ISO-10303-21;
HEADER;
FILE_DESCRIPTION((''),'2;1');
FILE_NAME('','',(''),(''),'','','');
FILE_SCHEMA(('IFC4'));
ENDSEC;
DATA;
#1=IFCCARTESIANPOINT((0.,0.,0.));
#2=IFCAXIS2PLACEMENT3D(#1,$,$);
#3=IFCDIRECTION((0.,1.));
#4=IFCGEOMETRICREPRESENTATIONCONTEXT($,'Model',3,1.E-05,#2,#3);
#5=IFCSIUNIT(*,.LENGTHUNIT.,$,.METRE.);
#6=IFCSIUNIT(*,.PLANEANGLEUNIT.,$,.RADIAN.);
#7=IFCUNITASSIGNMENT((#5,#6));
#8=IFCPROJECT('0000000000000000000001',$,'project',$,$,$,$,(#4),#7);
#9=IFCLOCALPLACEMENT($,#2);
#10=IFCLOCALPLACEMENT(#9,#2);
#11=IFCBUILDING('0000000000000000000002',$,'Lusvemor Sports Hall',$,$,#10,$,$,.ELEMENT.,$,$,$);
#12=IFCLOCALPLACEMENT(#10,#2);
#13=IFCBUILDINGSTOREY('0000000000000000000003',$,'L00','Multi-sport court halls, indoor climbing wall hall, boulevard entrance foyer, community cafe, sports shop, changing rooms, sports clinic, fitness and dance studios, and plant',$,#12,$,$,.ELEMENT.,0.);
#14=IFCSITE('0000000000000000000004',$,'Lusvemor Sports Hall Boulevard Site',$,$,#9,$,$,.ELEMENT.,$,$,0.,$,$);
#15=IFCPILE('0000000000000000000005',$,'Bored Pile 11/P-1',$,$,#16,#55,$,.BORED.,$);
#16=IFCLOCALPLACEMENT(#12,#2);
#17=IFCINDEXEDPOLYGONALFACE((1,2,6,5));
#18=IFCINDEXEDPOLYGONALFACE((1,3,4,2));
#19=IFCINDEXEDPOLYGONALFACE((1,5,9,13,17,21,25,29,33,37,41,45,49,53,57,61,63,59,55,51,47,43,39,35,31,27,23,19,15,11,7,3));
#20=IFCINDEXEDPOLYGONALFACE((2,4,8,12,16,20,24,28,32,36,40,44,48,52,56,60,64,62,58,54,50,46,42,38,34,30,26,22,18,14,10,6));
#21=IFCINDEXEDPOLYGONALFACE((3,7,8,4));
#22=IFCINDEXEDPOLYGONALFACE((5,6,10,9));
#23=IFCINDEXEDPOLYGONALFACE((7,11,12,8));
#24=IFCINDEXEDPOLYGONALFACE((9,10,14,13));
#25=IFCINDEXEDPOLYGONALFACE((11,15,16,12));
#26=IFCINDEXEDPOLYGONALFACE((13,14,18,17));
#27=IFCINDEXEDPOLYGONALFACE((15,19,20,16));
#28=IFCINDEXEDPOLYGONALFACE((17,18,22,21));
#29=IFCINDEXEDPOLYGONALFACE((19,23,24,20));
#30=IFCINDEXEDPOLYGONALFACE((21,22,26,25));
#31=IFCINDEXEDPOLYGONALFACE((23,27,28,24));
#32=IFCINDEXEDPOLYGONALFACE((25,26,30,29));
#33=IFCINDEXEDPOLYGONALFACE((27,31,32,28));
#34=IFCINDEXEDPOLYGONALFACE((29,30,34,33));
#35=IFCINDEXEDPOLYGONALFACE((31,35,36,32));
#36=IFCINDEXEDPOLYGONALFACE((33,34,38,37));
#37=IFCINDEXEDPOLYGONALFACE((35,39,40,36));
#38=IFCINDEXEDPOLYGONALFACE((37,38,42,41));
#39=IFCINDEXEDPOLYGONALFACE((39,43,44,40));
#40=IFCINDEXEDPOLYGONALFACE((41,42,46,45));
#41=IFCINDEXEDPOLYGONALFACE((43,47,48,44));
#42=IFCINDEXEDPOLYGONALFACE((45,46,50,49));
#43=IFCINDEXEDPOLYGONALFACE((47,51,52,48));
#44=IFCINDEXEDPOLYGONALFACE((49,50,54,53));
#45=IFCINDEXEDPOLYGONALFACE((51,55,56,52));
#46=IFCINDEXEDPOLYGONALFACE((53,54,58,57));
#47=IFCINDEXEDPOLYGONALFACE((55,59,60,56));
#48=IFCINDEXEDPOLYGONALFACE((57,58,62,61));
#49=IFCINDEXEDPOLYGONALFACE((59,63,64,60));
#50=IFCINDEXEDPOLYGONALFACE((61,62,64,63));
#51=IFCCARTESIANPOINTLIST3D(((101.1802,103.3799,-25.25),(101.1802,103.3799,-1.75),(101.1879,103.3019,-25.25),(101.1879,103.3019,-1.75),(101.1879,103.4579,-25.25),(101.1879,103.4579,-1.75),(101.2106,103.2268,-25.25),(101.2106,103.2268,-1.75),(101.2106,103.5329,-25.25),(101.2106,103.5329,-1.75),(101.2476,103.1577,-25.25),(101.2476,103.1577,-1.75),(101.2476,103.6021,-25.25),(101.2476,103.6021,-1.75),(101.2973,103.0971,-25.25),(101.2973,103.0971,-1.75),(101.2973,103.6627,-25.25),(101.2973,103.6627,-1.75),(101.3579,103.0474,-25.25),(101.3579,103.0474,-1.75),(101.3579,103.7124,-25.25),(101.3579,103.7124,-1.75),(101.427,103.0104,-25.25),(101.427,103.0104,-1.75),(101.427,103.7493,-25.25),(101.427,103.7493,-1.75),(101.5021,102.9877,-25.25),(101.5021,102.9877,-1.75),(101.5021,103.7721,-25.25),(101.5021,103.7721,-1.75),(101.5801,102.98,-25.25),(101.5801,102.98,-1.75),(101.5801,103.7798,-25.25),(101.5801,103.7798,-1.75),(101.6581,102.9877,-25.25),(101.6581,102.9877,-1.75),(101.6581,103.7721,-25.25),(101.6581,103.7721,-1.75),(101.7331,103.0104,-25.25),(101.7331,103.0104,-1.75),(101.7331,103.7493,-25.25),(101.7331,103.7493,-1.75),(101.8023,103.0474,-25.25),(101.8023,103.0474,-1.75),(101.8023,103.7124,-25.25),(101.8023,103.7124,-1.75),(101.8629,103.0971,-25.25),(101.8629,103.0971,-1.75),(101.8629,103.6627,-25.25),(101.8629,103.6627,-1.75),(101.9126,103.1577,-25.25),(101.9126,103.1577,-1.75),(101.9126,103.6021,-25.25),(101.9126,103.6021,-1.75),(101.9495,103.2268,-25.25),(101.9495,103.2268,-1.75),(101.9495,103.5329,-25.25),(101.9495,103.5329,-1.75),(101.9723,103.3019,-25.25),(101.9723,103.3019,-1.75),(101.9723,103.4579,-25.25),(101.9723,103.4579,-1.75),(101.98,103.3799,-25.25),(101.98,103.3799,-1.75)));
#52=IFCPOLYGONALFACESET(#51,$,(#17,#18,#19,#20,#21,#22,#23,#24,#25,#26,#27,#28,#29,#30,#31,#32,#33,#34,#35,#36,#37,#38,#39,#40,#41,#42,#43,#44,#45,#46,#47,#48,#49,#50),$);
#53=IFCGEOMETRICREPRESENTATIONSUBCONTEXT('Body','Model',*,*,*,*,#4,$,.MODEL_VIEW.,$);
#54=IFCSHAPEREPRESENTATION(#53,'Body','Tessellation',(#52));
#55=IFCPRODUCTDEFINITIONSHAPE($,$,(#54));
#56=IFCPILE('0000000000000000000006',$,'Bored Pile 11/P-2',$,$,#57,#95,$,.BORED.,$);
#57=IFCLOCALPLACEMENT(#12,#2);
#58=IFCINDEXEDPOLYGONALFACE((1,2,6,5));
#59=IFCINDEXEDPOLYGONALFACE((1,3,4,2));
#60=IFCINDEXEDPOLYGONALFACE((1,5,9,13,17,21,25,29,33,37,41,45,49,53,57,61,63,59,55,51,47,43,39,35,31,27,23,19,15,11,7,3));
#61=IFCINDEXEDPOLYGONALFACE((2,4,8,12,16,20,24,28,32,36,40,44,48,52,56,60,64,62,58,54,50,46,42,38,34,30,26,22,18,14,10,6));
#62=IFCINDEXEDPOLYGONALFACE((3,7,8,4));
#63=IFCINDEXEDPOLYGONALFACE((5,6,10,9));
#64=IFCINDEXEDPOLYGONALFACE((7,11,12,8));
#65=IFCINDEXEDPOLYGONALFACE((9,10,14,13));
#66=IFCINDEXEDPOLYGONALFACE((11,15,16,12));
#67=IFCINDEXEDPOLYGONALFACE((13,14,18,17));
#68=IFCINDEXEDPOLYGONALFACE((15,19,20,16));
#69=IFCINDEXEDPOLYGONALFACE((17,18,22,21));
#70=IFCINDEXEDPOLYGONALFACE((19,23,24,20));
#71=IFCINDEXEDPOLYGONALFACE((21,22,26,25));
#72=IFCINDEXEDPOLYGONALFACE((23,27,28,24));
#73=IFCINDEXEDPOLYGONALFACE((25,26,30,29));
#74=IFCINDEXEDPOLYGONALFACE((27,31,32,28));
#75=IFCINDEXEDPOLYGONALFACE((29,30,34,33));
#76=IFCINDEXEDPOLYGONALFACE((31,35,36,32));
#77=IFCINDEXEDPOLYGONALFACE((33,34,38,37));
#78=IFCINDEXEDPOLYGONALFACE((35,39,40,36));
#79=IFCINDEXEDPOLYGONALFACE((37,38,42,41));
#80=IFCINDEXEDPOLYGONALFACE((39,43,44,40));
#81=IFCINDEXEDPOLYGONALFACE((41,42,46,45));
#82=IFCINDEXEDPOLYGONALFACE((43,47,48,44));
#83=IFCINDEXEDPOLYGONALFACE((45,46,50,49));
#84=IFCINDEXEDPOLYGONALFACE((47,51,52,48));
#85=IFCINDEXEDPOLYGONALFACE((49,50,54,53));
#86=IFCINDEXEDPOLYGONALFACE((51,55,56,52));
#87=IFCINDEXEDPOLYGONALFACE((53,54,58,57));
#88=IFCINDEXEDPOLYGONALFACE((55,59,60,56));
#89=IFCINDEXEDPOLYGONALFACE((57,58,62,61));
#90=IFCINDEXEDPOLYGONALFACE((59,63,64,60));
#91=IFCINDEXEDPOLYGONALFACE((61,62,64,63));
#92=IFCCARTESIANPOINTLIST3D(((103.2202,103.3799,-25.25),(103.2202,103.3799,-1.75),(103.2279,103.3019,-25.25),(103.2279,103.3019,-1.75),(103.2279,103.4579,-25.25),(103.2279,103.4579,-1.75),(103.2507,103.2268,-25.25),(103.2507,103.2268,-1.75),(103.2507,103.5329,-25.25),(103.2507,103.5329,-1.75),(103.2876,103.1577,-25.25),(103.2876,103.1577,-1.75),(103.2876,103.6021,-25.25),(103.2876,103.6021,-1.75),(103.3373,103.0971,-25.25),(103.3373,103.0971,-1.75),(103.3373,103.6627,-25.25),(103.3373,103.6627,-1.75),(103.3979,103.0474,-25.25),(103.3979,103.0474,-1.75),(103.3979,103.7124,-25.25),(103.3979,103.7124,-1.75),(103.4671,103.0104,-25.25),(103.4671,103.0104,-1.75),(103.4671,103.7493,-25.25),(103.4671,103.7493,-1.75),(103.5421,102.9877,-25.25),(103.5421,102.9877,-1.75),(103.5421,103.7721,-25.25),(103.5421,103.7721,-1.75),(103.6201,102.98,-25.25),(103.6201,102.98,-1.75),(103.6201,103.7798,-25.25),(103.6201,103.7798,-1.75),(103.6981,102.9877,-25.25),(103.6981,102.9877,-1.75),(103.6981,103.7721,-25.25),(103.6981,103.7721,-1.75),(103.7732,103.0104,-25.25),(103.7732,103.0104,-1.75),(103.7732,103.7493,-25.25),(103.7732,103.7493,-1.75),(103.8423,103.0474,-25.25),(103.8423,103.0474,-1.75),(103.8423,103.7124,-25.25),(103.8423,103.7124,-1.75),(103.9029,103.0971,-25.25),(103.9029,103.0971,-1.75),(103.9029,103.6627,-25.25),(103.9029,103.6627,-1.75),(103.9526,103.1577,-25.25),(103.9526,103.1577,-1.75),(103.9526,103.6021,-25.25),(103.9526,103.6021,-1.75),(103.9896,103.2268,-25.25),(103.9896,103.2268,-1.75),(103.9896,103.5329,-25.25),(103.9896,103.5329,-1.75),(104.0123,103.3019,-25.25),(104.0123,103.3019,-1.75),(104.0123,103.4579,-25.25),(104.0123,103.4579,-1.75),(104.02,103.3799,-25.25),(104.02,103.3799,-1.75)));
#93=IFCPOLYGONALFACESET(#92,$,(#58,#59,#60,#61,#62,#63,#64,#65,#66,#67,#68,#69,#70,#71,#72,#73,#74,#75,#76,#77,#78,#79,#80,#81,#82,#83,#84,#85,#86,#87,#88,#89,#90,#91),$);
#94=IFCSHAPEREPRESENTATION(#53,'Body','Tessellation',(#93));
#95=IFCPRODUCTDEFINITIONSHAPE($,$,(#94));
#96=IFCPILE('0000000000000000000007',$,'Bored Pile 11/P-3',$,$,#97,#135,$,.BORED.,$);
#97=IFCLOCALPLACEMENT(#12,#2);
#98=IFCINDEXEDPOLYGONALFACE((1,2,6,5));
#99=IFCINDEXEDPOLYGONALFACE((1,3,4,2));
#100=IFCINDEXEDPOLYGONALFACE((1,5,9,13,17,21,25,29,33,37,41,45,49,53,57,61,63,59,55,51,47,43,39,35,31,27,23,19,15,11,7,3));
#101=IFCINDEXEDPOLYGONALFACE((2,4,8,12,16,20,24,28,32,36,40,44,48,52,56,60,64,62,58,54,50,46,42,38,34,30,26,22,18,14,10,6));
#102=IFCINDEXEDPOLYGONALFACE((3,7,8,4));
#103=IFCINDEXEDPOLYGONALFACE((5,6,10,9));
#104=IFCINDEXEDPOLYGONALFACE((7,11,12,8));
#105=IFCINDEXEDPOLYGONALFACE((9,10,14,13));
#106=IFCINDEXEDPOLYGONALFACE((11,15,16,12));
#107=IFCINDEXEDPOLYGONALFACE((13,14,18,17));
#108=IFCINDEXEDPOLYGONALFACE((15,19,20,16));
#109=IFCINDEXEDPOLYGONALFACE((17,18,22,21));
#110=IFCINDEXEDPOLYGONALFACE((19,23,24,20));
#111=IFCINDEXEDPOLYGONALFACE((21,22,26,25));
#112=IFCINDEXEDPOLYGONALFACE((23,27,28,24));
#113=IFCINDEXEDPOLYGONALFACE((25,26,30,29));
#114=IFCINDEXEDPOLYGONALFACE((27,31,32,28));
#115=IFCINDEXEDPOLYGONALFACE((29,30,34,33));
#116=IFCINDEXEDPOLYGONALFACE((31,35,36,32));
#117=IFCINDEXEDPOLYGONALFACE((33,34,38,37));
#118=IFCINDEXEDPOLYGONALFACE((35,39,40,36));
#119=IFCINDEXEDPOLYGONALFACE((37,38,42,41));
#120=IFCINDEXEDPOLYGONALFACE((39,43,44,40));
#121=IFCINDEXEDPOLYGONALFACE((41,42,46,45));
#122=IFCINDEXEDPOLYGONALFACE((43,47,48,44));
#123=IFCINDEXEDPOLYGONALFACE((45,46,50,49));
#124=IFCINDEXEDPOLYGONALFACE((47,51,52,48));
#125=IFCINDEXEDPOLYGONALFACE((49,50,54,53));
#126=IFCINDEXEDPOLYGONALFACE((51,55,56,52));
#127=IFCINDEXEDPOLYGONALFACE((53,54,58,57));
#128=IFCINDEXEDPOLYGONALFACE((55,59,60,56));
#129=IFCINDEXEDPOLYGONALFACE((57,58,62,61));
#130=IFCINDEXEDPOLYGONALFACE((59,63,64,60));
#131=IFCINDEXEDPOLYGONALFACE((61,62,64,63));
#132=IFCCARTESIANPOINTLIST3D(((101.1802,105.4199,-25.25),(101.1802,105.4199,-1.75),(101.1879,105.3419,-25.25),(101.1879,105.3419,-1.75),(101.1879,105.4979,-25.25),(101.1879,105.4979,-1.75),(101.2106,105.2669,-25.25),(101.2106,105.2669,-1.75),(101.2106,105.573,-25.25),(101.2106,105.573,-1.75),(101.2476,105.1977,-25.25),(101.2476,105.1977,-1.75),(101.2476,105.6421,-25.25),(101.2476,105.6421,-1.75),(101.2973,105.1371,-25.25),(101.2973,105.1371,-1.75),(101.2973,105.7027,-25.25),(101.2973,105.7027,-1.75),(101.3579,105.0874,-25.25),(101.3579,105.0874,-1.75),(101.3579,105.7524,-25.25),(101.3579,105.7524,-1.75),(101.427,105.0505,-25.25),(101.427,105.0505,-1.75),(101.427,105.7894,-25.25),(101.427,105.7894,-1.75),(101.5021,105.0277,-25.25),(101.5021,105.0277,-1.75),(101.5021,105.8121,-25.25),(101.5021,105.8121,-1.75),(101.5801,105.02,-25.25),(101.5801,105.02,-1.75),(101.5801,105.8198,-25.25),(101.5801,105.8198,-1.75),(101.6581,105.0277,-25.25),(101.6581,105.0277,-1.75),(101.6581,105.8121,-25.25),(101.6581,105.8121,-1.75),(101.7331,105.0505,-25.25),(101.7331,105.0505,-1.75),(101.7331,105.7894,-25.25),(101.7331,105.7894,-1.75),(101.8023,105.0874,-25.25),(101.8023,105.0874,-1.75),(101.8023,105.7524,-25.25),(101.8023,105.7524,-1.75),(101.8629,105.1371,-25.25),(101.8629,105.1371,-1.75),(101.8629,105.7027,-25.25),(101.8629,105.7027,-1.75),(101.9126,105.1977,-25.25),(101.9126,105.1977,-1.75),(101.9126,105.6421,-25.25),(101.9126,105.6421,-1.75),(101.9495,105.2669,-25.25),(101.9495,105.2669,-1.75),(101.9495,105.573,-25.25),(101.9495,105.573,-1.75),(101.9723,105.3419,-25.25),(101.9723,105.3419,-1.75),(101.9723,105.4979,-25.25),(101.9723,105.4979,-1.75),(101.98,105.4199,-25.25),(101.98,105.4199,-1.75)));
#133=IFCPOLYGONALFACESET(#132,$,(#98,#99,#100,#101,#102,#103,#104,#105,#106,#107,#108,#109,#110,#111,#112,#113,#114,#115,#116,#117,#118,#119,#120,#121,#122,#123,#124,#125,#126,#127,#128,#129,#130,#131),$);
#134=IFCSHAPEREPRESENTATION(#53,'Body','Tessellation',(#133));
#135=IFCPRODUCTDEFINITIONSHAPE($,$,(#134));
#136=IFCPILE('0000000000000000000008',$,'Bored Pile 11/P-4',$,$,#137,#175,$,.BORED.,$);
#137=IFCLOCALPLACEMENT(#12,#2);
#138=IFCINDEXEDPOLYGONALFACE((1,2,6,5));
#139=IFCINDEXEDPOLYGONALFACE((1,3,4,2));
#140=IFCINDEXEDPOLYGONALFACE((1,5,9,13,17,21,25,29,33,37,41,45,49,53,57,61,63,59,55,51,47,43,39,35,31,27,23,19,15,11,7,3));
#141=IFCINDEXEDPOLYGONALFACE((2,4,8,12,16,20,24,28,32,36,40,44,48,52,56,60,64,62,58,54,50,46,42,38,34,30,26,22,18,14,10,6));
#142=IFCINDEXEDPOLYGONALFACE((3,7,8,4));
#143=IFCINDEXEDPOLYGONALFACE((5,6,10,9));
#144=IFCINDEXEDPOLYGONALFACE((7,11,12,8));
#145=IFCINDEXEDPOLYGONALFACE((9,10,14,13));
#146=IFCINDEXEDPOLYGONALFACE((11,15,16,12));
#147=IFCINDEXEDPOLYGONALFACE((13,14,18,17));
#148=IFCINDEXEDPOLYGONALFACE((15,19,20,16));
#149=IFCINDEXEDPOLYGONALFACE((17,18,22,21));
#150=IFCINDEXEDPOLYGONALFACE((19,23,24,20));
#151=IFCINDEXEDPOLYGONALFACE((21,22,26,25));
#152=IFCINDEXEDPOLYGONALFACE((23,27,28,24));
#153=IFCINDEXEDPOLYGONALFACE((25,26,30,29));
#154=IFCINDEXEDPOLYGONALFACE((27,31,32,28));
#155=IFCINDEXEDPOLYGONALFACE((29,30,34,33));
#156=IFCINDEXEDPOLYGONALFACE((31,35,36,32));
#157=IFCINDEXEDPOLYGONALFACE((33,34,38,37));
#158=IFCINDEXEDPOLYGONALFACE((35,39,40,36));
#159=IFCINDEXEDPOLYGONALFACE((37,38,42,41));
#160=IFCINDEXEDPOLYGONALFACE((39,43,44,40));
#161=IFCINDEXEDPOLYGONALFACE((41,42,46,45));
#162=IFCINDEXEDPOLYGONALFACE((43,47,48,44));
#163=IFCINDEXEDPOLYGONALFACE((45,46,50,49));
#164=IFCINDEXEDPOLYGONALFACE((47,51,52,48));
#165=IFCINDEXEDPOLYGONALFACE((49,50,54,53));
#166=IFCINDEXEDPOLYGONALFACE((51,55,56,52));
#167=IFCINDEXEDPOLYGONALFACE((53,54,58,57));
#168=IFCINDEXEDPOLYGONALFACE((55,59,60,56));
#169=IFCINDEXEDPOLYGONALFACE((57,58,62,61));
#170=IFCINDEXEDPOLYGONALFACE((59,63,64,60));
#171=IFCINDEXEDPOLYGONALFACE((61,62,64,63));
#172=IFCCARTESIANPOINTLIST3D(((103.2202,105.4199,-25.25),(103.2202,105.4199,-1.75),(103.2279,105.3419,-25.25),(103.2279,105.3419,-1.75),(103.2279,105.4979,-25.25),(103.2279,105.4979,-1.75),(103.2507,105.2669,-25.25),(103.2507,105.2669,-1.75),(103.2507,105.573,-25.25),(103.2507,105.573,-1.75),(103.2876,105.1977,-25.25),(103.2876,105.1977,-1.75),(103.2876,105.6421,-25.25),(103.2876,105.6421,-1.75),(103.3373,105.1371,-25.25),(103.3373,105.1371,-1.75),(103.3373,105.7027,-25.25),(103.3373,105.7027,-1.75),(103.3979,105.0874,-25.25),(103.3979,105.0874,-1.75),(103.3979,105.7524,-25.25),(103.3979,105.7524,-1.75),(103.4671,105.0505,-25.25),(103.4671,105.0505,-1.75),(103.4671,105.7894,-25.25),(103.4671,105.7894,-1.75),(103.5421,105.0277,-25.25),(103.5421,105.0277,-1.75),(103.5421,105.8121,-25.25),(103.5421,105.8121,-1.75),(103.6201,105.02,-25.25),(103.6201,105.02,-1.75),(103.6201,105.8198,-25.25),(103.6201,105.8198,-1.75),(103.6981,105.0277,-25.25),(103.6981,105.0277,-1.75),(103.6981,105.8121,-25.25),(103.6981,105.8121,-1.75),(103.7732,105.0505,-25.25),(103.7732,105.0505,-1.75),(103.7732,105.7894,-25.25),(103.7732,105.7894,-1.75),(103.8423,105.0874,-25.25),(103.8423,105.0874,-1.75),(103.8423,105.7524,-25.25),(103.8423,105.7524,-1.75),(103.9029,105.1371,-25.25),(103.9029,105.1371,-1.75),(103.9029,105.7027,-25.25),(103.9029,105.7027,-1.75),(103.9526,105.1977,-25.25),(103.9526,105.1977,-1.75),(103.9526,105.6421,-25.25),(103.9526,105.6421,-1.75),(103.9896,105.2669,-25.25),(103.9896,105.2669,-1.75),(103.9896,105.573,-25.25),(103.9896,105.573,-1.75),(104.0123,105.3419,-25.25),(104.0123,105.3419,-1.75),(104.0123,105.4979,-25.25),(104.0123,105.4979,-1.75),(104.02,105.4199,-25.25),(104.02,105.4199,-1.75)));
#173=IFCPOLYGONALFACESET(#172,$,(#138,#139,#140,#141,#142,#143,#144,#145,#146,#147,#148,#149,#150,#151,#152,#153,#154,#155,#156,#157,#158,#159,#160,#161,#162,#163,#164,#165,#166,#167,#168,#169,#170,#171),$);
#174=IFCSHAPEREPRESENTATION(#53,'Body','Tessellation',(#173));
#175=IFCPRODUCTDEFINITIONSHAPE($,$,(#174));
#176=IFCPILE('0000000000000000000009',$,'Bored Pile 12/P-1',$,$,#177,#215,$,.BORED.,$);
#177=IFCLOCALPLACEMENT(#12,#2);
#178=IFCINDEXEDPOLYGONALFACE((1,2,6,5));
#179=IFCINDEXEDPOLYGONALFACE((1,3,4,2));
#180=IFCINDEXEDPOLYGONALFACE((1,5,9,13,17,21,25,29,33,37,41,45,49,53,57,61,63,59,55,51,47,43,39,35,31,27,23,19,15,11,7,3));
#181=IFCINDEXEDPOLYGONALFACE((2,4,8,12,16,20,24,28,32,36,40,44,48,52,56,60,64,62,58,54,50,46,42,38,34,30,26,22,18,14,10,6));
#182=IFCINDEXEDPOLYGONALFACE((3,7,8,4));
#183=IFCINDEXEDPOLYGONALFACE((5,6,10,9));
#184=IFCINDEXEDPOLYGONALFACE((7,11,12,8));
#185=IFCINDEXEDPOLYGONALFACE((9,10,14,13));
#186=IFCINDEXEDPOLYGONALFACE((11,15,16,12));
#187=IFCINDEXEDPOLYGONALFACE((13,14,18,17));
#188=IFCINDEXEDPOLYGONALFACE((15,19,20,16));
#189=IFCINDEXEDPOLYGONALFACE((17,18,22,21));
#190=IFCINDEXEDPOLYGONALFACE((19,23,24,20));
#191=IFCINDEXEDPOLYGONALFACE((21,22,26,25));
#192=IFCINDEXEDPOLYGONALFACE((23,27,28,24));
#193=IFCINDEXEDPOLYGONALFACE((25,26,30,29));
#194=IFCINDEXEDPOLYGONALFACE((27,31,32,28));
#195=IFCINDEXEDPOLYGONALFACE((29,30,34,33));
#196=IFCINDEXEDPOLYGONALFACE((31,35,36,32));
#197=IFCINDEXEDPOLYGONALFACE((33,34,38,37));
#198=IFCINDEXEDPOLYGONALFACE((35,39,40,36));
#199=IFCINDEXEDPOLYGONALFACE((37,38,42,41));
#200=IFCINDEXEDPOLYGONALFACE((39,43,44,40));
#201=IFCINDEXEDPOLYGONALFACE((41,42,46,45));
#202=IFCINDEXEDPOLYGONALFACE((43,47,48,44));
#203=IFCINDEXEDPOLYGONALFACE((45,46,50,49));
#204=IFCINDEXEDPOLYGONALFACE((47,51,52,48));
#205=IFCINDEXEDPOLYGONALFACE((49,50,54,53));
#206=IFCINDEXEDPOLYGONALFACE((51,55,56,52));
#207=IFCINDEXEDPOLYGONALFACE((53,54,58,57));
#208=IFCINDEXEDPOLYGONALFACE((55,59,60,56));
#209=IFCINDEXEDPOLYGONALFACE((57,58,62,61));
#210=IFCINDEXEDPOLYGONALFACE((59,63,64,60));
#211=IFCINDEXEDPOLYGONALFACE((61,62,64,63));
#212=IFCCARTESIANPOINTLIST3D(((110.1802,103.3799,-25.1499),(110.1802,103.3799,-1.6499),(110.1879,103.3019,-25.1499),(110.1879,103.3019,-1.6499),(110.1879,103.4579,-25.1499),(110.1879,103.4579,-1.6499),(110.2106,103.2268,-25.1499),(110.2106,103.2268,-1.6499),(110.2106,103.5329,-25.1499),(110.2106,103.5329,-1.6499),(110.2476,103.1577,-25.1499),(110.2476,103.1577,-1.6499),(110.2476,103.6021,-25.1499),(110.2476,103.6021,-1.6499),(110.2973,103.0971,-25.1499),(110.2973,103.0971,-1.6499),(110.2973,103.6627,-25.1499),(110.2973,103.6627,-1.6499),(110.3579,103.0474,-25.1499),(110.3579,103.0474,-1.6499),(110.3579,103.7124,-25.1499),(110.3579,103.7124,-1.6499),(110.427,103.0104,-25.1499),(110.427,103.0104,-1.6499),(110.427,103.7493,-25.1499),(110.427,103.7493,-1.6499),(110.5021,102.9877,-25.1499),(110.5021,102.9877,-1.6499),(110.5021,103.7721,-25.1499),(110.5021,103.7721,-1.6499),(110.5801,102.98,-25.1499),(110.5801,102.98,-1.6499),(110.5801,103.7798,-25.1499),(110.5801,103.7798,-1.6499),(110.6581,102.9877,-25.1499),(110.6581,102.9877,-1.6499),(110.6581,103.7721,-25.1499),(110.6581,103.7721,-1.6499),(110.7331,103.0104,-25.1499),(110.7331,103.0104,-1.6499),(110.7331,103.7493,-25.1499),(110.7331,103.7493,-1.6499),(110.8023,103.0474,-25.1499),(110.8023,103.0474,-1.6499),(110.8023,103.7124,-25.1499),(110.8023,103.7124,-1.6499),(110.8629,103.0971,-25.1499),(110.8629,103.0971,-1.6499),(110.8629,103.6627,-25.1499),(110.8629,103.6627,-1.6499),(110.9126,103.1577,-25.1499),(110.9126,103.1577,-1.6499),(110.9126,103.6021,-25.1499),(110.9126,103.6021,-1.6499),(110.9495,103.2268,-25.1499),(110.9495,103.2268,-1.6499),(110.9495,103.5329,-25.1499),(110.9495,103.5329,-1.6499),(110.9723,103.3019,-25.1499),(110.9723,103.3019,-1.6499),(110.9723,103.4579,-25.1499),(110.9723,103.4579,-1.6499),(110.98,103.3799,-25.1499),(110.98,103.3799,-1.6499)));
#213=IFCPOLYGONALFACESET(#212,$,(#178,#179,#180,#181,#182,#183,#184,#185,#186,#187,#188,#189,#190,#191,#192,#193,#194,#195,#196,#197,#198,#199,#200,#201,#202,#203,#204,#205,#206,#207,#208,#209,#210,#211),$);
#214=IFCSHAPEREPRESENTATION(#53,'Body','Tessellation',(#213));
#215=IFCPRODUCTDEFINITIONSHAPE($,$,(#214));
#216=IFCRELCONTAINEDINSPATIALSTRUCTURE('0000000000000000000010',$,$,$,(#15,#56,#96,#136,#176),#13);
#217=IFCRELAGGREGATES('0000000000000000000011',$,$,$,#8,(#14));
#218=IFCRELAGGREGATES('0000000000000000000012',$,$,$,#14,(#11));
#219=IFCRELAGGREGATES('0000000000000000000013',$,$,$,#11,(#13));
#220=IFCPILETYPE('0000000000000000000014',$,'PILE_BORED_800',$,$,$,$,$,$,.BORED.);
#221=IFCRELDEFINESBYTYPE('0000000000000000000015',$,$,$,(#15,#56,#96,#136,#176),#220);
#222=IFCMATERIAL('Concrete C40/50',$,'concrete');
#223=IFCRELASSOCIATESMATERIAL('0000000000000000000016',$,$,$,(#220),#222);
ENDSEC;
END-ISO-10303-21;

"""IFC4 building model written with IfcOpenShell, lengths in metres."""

from ifc_helpers import new_model, si_unit, direction, frame, origin, origin_2d, place, context, subcontext, project, spatial, circle, extrude, material, material_profile, profile_set, type_object, element, save


model = new_model("IFC4")

# Units and contexts
model_context = context("Model", 3, precision=1e-05, world=origin(), true_north=direction((0.0, 1.0)))
body_context = subcontext(model_context, "Body", "Model", "MODEL_VIEW")
ifc_project = project(units=[si_unit("LENGTHUNIT", "METRE"), si_unit("PLANEANGLEUNIT", "RADIAN")], contexts=[model_context])

# Site, building, storey
site_placement = place(None, origin())
site = spatial("IfcSite", under=ifc_project, at=site_placement, Name="Lusvemor Sports Hall Boulevard Site", CompositionType="ELEMENT", RefElevation=0.0)
building_placement = place(site_placement, origin())
building = spatial("IfcBuilding", under=site, at=building_placement, Name="Lusvemor Sports Hall", CompositionType="ELEMENT")
storey_placement = place(building_placement, origin())
storey = spatial("IfcBuildingStorey", under=building, at=storey_placement, Name="L00", Description="Multi-sport court halls, indoor climbing wall hall, boulevard entrance foyer, community cafe, sports shop, changing rooms, sports clinic, fitness and dance studios, and plant", CompositionType="ELEMENT", Elevation=0.0)

# Piles
ifc_material_1 = material(Name="Concrete C40/50", Category="concrete")
ifc_material_profile_1 = material_profile(ifc_material_1, circle(Radius=0.3999, at=origin_2d()), Name="PILE800")
ifc_profile_set_1 = profile_set([ifc_material_profile_1], Name="Concrete C40/50")
pile_type_1 = type_object("IfcPileType", Name="PILE_BORED_800", PredefinedType="BORED", material=ifc_profile_set_1)
for number, where, z_axis, x_axis, name in (
    (1, (101.5801, 103.3799, -1.75), (0.0, 0.0, -1.0), (1.0, 0.0, 0.0), "Bored Pile 11/P-1"),
    (2, (103.6201, 103.3799, -1.75), (0.0, 0.0, -1.0), (1.0, 0.0, 0.0), "Bored Pile 11/P-2"),
    (3, (101.5801, 105.4199, -1.75), (0.0, 0.0, -1.0), (1.0, 0.0, 0.0), "Bored Pile 11/P-3"),
    (4, (103.6201, 105.4199, -1.75), (0.0, 0.0, -1.0), (1.0, 0.0, 0.0), "Bored Pile 11/P-4"),
    (5, (110.5801, 103.3799, -1.6499), (0.0, 0.0, -1.0), (1.0, 0.0, 0.0), "Bored Pile 12/P-1"),
):
    element("IfcPile", number, at=place(storey_placement, frame(where, z_axis=z_axis, x_axis=x_axis)), inside=storey, type_object=pile_type_1, Name=name, PredefinedType="BORED", context=body_context, shape_type="SweptSolid", body=[
        extrude(circle(Radius=0.3999, at=origin_2d()), origin(), (0.0, 0.0, 1.0), 23.5),
    ])

save(model, "model.ifc")
